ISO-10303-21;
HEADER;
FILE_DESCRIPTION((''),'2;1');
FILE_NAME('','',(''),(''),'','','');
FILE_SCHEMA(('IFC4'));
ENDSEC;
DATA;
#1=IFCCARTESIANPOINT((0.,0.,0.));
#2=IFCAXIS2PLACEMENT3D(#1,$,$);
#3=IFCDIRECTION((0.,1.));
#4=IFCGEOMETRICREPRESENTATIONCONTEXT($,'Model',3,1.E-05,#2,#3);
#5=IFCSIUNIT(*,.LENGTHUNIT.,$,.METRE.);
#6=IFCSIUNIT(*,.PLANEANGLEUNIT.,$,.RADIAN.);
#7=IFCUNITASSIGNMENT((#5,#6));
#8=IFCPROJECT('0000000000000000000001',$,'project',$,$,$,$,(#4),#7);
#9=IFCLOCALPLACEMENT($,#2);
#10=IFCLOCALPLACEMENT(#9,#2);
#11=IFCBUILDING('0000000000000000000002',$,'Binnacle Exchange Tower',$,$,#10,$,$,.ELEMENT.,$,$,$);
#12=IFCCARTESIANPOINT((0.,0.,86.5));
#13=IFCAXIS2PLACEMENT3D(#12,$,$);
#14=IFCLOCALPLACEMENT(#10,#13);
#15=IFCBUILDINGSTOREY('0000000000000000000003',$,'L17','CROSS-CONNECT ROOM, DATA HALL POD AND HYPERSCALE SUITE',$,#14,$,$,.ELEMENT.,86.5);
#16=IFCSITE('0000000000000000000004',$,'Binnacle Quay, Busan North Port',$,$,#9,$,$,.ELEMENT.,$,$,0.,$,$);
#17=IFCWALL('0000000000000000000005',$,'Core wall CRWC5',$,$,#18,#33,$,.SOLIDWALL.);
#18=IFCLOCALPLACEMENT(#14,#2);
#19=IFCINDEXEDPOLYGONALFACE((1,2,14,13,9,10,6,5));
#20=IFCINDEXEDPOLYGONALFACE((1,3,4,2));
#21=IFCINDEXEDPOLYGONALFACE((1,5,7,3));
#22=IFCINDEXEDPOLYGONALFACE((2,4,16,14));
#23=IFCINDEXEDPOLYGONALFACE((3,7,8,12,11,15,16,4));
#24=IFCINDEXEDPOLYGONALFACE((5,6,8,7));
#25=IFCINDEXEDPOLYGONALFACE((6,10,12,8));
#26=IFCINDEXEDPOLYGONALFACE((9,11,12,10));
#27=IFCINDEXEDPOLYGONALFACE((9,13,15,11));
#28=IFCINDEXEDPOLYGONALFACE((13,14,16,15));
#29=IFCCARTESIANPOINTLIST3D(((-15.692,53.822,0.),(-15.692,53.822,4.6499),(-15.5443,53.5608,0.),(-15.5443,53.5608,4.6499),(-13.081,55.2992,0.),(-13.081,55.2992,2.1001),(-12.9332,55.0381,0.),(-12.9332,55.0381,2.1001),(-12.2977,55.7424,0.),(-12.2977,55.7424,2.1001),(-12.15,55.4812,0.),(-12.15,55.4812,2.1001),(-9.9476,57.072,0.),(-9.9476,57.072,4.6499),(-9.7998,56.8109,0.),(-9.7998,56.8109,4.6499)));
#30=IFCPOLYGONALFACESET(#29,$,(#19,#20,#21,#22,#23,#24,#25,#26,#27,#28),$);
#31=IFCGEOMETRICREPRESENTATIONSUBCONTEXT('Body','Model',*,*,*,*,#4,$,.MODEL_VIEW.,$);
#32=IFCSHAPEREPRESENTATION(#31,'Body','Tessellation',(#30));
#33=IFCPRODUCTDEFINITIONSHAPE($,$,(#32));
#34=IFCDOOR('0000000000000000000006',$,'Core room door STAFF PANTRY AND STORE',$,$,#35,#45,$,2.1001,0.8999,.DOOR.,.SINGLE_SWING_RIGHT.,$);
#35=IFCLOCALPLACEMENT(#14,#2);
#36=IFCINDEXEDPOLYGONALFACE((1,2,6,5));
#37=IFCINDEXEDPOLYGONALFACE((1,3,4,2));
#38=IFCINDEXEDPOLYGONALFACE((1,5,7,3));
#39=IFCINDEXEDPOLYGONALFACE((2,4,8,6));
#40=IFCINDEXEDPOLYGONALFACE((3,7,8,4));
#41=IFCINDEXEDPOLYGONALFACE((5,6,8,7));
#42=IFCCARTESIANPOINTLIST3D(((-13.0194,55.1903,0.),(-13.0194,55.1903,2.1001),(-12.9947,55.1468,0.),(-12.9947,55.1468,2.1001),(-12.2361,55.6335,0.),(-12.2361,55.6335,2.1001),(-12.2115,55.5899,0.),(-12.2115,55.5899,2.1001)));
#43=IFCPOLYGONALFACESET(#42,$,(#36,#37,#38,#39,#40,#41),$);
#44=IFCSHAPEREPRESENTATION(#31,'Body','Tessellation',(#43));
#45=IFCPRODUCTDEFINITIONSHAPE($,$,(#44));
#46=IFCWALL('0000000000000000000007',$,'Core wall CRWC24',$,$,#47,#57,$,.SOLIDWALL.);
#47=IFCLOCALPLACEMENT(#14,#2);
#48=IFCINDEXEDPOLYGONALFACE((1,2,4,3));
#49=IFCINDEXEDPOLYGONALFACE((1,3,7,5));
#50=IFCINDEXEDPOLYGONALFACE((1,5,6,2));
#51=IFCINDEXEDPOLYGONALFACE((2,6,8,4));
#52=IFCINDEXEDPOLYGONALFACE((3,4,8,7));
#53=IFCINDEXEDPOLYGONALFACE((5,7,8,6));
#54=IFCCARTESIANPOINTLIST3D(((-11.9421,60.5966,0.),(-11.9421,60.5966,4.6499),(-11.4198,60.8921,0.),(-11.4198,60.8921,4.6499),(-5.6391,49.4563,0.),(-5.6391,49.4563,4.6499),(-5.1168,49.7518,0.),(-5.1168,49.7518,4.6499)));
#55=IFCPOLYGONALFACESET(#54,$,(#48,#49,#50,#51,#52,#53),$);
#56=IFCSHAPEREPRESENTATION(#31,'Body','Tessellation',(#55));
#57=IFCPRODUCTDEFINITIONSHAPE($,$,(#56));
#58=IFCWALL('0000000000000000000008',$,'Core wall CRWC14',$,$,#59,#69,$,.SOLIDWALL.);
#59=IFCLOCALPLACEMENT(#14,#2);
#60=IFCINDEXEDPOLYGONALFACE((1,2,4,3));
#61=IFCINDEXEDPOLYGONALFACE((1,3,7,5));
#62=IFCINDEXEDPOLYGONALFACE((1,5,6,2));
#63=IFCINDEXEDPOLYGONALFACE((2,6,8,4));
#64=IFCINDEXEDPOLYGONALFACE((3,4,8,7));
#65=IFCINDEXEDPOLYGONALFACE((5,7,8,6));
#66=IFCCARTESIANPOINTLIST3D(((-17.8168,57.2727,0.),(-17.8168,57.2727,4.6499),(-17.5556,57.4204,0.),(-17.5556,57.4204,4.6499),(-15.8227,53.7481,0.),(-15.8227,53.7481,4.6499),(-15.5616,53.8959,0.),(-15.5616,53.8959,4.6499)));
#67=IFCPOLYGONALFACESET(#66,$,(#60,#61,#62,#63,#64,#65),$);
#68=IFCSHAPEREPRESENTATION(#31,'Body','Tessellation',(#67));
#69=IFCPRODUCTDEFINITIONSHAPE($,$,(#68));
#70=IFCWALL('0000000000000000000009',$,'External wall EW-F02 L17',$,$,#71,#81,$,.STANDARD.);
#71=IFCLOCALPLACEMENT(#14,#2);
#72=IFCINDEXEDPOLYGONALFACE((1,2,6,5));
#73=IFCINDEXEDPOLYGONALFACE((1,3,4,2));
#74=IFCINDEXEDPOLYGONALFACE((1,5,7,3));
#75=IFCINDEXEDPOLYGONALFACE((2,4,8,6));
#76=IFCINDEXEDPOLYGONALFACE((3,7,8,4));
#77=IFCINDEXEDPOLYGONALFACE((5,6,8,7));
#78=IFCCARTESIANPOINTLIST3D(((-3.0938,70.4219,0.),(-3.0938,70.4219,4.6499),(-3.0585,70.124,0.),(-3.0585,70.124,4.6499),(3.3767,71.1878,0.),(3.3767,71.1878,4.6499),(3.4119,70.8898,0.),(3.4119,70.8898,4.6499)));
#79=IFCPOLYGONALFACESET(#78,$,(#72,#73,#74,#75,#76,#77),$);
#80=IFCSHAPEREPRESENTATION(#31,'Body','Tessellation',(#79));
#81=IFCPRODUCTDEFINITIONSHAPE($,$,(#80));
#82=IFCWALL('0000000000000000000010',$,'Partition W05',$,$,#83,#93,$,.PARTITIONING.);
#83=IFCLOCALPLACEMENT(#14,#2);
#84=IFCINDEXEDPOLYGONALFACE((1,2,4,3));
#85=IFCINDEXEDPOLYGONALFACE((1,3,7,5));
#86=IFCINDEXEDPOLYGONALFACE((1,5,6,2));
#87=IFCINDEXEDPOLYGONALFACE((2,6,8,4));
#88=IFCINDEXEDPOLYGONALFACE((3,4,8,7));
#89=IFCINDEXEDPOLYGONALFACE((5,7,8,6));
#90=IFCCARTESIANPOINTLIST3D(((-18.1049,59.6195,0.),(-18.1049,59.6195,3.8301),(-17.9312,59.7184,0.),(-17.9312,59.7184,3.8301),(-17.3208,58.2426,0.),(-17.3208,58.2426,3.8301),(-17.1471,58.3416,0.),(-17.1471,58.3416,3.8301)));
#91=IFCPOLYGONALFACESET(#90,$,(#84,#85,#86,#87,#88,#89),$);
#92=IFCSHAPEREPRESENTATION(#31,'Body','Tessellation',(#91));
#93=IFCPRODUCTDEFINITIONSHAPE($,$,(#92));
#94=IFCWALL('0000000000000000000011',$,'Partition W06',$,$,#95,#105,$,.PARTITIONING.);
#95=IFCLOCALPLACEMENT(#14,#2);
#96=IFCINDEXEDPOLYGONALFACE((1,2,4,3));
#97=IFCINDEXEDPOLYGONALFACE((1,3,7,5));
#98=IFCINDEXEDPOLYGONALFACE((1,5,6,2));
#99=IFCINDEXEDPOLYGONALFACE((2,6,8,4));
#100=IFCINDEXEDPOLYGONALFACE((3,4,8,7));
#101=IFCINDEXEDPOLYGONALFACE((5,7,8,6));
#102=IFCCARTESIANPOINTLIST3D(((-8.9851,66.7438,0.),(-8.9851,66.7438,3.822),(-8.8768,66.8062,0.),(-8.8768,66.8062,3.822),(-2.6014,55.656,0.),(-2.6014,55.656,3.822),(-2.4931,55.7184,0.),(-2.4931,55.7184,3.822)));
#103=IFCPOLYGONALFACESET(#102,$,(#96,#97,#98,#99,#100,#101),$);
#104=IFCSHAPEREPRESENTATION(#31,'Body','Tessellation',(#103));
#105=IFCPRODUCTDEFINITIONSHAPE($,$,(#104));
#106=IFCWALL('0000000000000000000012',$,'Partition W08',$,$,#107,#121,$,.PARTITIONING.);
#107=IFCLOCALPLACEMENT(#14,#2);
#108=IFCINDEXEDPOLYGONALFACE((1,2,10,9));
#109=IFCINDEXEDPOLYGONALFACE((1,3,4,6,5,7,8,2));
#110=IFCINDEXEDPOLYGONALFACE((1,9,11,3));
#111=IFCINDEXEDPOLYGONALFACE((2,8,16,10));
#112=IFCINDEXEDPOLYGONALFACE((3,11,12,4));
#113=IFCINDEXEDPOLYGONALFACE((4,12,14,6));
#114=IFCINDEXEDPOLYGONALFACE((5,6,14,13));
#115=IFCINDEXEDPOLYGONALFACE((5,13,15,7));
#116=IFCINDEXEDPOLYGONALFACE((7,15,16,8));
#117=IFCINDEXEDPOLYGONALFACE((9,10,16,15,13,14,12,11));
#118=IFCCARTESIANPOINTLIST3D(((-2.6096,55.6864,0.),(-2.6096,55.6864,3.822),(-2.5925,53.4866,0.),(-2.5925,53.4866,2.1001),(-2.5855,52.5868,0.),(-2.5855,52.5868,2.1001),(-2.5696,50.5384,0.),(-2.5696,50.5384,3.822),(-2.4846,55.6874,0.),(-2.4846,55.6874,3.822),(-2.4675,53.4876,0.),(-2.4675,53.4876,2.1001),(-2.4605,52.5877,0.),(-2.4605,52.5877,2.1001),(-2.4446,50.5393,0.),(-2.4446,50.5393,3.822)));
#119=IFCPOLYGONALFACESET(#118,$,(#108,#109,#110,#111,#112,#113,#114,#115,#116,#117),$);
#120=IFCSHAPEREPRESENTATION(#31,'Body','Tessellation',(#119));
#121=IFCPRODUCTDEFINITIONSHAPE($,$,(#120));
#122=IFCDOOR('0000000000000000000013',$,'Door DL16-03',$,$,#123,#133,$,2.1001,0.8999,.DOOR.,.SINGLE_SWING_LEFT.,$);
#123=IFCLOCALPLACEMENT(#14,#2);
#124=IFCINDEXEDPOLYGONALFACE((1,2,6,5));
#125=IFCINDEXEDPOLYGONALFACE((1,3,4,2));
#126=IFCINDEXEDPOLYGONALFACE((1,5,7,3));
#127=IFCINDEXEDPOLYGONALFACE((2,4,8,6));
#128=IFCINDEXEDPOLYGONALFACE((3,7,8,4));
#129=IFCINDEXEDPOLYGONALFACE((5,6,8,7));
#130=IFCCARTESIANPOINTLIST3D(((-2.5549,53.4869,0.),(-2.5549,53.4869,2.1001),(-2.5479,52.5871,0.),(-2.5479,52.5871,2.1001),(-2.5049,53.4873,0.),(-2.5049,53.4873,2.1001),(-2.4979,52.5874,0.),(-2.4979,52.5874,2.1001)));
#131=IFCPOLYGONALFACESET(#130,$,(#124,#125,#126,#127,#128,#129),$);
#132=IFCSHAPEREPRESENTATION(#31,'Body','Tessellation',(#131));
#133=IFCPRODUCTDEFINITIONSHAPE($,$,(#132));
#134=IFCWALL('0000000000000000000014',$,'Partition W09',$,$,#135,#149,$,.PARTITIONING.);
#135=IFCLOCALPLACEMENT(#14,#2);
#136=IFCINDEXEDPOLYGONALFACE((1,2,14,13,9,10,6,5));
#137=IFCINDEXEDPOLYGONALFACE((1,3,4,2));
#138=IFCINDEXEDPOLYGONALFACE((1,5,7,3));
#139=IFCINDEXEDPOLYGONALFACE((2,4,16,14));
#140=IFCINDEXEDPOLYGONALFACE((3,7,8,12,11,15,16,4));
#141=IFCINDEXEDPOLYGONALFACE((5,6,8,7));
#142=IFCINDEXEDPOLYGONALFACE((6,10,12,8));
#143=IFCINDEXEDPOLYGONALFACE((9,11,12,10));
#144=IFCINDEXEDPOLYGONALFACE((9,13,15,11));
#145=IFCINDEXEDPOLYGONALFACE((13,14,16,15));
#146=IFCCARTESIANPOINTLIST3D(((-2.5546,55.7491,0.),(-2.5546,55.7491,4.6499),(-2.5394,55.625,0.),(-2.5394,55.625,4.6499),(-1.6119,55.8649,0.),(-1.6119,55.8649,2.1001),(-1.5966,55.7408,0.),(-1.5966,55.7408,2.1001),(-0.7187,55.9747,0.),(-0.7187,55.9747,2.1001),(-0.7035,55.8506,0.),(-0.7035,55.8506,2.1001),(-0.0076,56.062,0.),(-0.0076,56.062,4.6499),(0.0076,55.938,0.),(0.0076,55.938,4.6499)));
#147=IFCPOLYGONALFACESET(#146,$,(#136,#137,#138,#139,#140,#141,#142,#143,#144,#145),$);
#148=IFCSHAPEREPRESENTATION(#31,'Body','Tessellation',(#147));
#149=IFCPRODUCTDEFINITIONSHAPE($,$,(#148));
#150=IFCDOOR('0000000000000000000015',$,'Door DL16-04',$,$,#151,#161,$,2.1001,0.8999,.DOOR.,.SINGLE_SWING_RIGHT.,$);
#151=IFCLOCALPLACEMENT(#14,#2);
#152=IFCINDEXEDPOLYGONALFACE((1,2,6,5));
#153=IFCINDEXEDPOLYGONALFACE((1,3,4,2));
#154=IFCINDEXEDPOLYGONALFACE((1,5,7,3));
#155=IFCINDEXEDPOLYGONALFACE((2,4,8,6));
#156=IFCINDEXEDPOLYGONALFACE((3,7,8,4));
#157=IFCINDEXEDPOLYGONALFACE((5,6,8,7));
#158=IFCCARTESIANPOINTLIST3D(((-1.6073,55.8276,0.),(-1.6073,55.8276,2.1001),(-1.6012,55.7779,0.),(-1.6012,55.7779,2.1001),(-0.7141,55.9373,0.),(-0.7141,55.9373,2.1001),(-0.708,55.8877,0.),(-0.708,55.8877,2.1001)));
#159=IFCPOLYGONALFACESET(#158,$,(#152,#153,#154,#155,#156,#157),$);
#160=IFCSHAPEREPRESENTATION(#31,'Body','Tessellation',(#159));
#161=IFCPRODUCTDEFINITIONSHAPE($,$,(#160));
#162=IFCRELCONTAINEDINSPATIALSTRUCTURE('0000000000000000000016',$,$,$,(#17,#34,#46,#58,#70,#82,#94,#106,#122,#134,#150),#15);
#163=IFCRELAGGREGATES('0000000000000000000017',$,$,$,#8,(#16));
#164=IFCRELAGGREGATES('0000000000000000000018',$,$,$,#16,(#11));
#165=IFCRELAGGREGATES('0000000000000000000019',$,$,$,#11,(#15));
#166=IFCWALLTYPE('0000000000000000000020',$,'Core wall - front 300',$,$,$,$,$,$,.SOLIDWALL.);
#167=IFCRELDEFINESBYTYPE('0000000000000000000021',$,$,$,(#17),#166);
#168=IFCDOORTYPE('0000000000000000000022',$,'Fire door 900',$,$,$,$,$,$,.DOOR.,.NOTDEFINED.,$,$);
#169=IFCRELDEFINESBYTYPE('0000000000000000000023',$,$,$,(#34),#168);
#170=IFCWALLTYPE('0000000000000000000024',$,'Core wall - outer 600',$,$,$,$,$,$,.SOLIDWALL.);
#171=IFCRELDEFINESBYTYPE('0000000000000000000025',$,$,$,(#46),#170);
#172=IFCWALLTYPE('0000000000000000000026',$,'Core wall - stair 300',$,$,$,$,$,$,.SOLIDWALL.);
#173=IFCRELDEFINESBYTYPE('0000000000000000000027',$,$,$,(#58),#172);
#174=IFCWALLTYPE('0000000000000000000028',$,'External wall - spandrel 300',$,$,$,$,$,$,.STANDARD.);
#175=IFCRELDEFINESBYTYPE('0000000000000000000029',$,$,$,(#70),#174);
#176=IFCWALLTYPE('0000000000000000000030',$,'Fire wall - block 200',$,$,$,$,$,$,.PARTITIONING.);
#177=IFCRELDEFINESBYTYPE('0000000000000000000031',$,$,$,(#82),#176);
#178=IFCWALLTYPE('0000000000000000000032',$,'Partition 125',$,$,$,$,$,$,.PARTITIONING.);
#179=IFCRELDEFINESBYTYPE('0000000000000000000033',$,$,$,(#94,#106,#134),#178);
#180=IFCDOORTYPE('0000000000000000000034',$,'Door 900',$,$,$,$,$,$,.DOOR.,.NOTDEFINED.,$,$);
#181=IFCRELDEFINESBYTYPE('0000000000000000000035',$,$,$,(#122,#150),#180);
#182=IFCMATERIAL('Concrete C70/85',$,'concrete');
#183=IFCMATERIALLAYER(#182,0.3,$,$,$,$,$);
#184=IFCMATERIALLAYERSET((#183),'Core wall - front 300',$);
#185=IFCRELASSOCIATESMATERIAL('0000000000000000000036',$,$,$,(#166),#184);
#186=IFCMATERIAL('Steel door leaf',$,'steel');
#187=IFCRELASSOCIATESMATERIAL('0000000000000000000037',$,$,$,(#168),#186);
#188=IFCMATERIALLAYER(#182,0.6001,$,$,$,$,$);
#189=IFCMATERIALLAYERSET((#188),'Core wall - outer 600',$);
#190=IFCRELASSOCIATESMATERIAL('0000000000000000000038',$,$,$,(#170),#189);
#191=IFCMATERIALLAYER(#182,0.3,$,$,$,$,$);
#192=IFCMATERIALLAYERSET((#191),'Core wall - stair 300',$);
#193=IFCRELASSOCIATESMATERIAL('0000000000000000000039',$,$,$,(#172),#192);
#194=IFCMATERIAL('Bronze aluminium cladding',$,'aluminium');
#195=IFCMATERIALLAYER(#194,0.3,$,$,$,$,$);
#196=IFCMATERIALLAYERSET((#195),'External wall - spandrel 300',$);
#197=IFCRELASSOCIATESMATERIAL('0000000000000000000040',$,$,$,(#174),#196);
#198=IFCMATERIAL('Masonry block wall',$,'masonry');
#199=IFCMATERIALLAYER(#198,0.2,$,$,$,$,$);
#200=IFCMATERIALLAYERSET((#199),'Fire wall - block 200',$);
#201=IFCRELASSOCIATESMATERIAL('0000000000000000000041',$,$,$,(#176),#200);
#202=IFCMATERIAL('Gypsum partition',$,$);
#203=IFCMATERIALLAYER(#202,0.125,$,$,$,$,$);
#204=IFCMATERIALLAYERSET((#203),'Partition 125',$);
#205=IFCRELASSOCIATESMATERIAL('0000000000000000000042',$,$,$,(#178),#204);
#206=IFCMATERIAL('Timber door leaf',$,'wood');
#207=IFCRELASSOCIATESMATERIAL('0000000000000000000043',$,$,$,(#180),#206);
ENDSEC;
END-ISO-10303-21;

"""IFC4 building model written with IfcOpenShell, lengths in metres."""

from ifc_helpers import new_model, si_unit, direction, frame, frame_2d, origin, place, context, subcontext, project, spatial, rectangle, extrude, material, layer, layer_set, type_object, element, fill, save


model = new_model("IFC4")

# Units and contexts
model_context = context("Model", 3, precision=1e-05, world=origin(), true_north=direction((0.0, 1.0)))
body_context = subcontext(model_context, "Body", "Model", "MODEL_VIEW")
ifc_project = project(units=[si_unit("LENGTHUNIT", "METRE"), si_unit("PLANEANGLEUNIT", "RADIAN")], contexts=[model_context])

# Site, building, storey
site_placement = place(None, origin())
site = spatial("IfcSite", under=ifc_project, at=site_placement, Name="Binnacle Quay, Busan North Port", CompositionType="ELEMENT", RefElevation=0.0)
building_placement = place(site_placement, origin())
building = spatial("IfcBuilding", under=site, at=building_placement, Name="Binnacle Exchange Tower", CompositionType="ELEMENT")
storey_placement = place(building_placement, frame((0.0, 0.0, 86.5)))
storey = spatial("IfcBuildingStorey", under=building, at=storey_placement, Name="L17", Description="CROSS-CONNECT ROOM, DATA HALL POD AND HYPERSCALE SUITE", CompositionType="ELEMENT", Elevation=86.5)

# Shared definitions
ifc_material_1 = material(Name="Concrete C70/85", Category="concrete")

# Wall, opening, door
ifc_layer_1 = layer(ifc_material_1, 0.3)
ifc_layer_set_1 = layer_set([ifc_layer_1], Name="Core wall - front 300")
wall_type_1 = type_object("IfcWallType", Name="Core wall - front 300", PredefinedType="SOLIDWALL", material=ifc_layer_set_1)
wall_1_placement = place(storey_placement, frame((-15.6182, 53.6914, 0.0), z_axis=(0.0, 0.0, 1.0), x_axis=(0.870357, 0.492422, 0.0)))
wall_1 = element("IfcWall", 1, at=wall_1_placement, inside=storey, type_object=wall_type_1, Name="Core wall CRWC5", PredefinedType="SOLIDWALL", context=body_context, shape_type="SweptSolid", body=[
    extrude(rectangle(XDim=6.6001, YDim=0.3, at=frame_2d((3.3, 0.0))), origin(), (0.0, 0.0, 1.0), 4.6499),
])
opening_1_placement = place(wall_1_placement, frame((3.0, 0.0, 0.0)))
opening_1 = element("IfcOpeningElement", 2, at=opening_1_placement, cuts=wall_1, PredefinedType="OPENING", context=body_context, shape_type="SweptSolid", body=[
    extrude(rectangle(XDim=0.8999, YDim=2.1001, at=frame_2d((0.45, 1.05))), frame((0.0, 0.1599, 0.0), z_axis=(0.0, -1.0, 0.0), x_axis=(1.0, 0.0, 0.0)), (0.0, 0.0, 1.0), 0.3201),
])
ifc_material_2 = material(Name="Steel door leaf", Category="steel")
door_type_1 = type_object("IfcDoorType", Name="Fire door 900", OperationType="NOTDEFINED", PredefinedType="DOOR", material=ifc_material_2)
door_1_placement = place(opening_1_placement, origin())
door_1 = element("IfcDoor", 3, at=door_1_placement, inside=storey, type_object=door_type_1, Name="Core room door STAFF PANTRY AND STORE", OperationType="SINGLE_SWING_RIGHT", OverallHeight=2.1001, OverallWidth=0.8999, PredefinedType="DOOR", context=body_context, shape_type="SweptSolid", body=[
    extrude(rectangle(XDim=0.8999, YDim=2.1001, at=frame_2d((0.45, 1.05))), frame((0.0, 0.0249, 0.0), z_axis=(0.0, -1.0, 0.0), x_axis=(1.0, 0.0, 0.0)), (0.0, 0.0, 1.0), 0.05),
])
fill(opening_1, door_1)

# Walls
ifc_layer_2 = layer(ifc_material_1, 0.6001)
ifc_layer_set_2 = layer_set([ifc_layer_2], Name="Core wall - outer 600")
wall_type_2 = type_object("IfcWallType", Name="Core wall - outer 600", PredefinedType="SOLIDWALL", material=ifc_layer_set_2)
wall_2_placement = place(storey_placement, frame((-11.6809, 60.7444, 0.0), z_axis=(0.0, 0.0, 1.0), x_axis=(0.492427, -0.870354, 0.0)))
element("IfcWall", 4, at=wall_2_placement, inside=storey, type_object=wall_type_2, Name="Core wall CRWC24", PredefinedType="SOLIDWALL", context=body_context, shape_type="SweptSolid", body=[
    extrude(rectangle(XDim=12.7998, YDim=0.6001, at=frame_2d((6.3999, 0.0))), origin(), (0.0, 0.0, 1.0), 4.6499),
])
ifc_layer_3 = layer(ifc_material_1, 0.3)
ifc_layer_set_3 = layer_set([ifc_layer_3], Name="Core wall - stair 300")
wall_type_3 = type_object("IfcWallType", Name="Core wall - stair 300", PredefinedType="SOLIDWALL", material=ifc_layer_set_3)
wall_3_placement = place(storey_placement, frame((-17.6863, 57.3467, 0.0), z_axis=(0.0, 0.0, 1.0), x_axis=(0.492421, -0.870357, 0.0)))
element("IfcWall", 5, at=wall_3_placement, inside=storey, type_object=wall_type_3, Name="Core wall CRWC14", PredefinedType="SOLIDWALL", context=body_context, shape_type="SweptSolid", body=[
    extrude(rectangle(XDim=4.0496, YDim=0.3, at=frame_2d((2.0249, 0.0))), origin(), (0.0, 0.0, 1.0), 4.6499),
])
ifc_material_3 = material(Name="Bronze aluminium cladding", Category="aluminium")
ifc_layer_4 = layer(ifc_material_3, 0.3)
ifc_layer_set_4 = layer_set([ifc_layer_4], Name="External wall - spandrel 300")
wall_type_4 = type_object("IfcWallType", Name="External wall - spandrel 300", PredefinedType="STANDARD", material=ifc_layer_set_4)
wall_4_placement = place(storey_placement, frame((-3.0762, 70.2729, 0.0), z_axis=(0.0, 0.0, 1.0), x_axis=(0.993068, 0.117543, 0.0)))
element("IfcWall", 6, at=wall_4_placement, inside=storey, type_object=wall_type_4, Name="External wall EW-F02 L17", PredefinedType="STANDARD", context=body_context, shape_type="SweptSolid", body=[
    extrude(rectangle(XDim=6.5156, YDim=0.3, at=frame_2d((3.2578, 0.0))), origin(), (0.0, 0.0, 1.0), 4.6499),
])
ifc_material_4 = material(Name="Masonry block wall", Category="masonry")
ifc_layer_5 = layer(ifc_material_4, 0.2)
ifc_layer_set_5 = layer_set([ifc_layer_5], Name="Fire wall - block 200")
wall_type_5 = type_object("IfcWallType", Name="Fire wall - block 200", PredefinedType="PARTITIONING", material=ifc_layer_set_5)
wall_5_placement = place(storey_placement, frame((-18.0181, 59.6689, 0.0), z_axis=(0.0, 0.0, 1.0), x_axis=(0.494877, -0.868963, 0.0)))
element("IfcWall", 7, at=wall_5_placement, inside=storey, type_object=wall_type_5, Name="Partition W05", PredefinedType="PARTITIONING", context=body_context, shape_type="SweptSolid", body=[
    extrude(rectangle(XDim=1.5845, YDim=0.2, at=frame_2d((0.7922, 0.0))), origin(), (0.0, 0.0, 1.0), 3.8301),
])
ifc_material_5 = material(Name="Gypsum partition")
ifc_layer_6 = layer(ifc_material_5, 0.125)
ifc_layer_set_6 = layer_set([ifc_layer_6], Name="Partition 125")
wall_type_6 = type_object("IfcWallType", Name="Partition 125", PredefinedType="PARTITIONING", material=ifc_layer_set_6)
wall_6_placement = place(storey_placement, frame((-8.9309, 66.7749, 0.0), z_axis=(0.0, 0.0, 1.0), x_axis=(0.498956, -0.866627, 0.0)))
element("IfcWall", 8, at=wall_6_placement, inside=storey, type_object=wall_type_6, Name="Partition W06", PredefinedType="PARTITIONING", context=body_context, shape_type="SweptSolid", body=[
    extrude(rectangle(XDim=12.7942, YDim=0.125, at=frame_2d((6.397, 0.0))), origin(), (0.0, 0.0, 1.0), 3.822),
])

# Walls, openings, doors
wall_7_placement = place(storey_placement, frame((-2.5471, 55.687, 0.0), z_axis=(0.0, 0.0, 1.0), x_axis=(0.007777, -0.99997, 0.0)))
wall_7 = element("IfcWall", 9, at=wall_7_placement, inside=storey, type_object=wall_type_6, Name="Partition W08", PredefinedType="PARTITIONING", context=body_context, shape_type="SweptSolid", body=[
    extrude(rectangle(XDim=5.1482, YDim=0.125, at=frame_2d((2.5742, 0.0))), origin(), (0.0, 0.0, 1.0), 3.822),
])
opening_2_placement = place(wall_7_placement, frame((2.2, 0.0, 0.0)))
opening_2 = element("IfcOpeningElement", 10, at=opening_2_placement, cuts=wall_7, PredefinedType="OPENING", context=body_context, shape_type="SweptSolid", body=[
    extrude(rectangle(XDim=0.8999, YDim=2.1001, at=frame_2d((0.45, 1.05))), frame((0.0, 0.0725, 0.0), z_axis=(0.0, -1.0, 0.0), x_axis=(1.0, 0.0, 0.0)), (0.0, 0.0, 1.0), 0.145),
])
ifc_material_6 = material(Name="Timber door leaf", Category="wood")
door_type_2 = type_object("IfcDoorType", Name="Door 900", OperationType="NOTDEFINED", PredefinedType="DOOR", material=ifc_material_6)
door_2_placement = place(opening_2_placement, frame((0.8999, 0.0, 0.0), z_axis=(0.0, 0.0, 1.0), x_axis=(-1.0, 0.0, 0.0)))
door_2 = element("IfcDoor", 11, at=door_2_placement, inside=storey, type_object=door_type_2, Name="Door DL16-03", OperationType="SINGLE_SWING_LEFT", OverallHeight=2.1001, OverallWidth=0.8999, PredefinedType="DOOR", context=body_context, shape_type="SweptSolid", body=[
    extrude(rectangle(XDim=0.8999, YDim=2.1001, at=frame_2d((0.45, 1.05))), frame((0.0, 0.0249, 0.0), z_axis=(0.0, -1.0, 0.0), x_axis=(1.0, 0.0, 0.0)), (0.0, 0.0, 1.0), 0.05),
])
fill(opening_2, door_2)
wall_8_placement = place(storey_placement, frame((-2.5471, 55.687, 0.0), z_axis=(0.0, 0.0, 1.0), x_axis=(0.992535, 0.121962, 0.0)))
wall_8 = element("IfcWall", 12, at=wall_8_placement, inside=storey, type_object=wall_type_6, Name="Partition W09", PredefinedType="PARTITIONING", context=body_context, shape_type="SweptSolid", body=[
    extrude(rectangle(XDim=2.5662, YDim=0.125, at=frame_2d((1.2832, 0.0))), origin(), (0.0, 0.0, 1.0), 4.6499),
])
opening_3_placement = place(wall_8_placement, frame((0.95, 0.0, 0.0)))
opening_3 = element("IfcOpeningElement", 13, at=opening_3_placement, cuts=wall_8, PredefinedType="OPENING", context=body_context, shape_type="SweptSolid", body=[
    extrude(rectangle(XDim=0.8999, YDim=2.1001, at=frame_2d((0.45, 1.05))), frame((0.0, 0.0725, 0.0), z_axis=(0.0, -1.0, 0.0), x_axis=(1.0, 0.0, 0.0)), (0.0, 0.0, 1.0), 0.145),
])
door_3_placement = place(opening_3_placement, origin())
door_3 = element("IfcDoor", 14, at=door_3_placement, inside=storey, type_object=door_type_2, Name="Door DL16-04", OperationType="SINGLE_SWING_RIGHT", OverallHeight=2.1001, OverallWidth=0.8999, PredefinedType="DOOR", context=body_context, shape_type="SweptSolid", body=[
    extrude(rectangle(XDim=0.8999, YDim=2.1001, at=frame_2d((0.45, 1.05))), frame((0.0, 0.0249, 0.0), z_axis=(0.0, -1.0, 0.0), x_axis=(1.0, 0.0, 0.0)), (0.0, 0.0, 1.0), 0.05),
])
fill(opening_3, door_3)

save(model, "model.ifc")
